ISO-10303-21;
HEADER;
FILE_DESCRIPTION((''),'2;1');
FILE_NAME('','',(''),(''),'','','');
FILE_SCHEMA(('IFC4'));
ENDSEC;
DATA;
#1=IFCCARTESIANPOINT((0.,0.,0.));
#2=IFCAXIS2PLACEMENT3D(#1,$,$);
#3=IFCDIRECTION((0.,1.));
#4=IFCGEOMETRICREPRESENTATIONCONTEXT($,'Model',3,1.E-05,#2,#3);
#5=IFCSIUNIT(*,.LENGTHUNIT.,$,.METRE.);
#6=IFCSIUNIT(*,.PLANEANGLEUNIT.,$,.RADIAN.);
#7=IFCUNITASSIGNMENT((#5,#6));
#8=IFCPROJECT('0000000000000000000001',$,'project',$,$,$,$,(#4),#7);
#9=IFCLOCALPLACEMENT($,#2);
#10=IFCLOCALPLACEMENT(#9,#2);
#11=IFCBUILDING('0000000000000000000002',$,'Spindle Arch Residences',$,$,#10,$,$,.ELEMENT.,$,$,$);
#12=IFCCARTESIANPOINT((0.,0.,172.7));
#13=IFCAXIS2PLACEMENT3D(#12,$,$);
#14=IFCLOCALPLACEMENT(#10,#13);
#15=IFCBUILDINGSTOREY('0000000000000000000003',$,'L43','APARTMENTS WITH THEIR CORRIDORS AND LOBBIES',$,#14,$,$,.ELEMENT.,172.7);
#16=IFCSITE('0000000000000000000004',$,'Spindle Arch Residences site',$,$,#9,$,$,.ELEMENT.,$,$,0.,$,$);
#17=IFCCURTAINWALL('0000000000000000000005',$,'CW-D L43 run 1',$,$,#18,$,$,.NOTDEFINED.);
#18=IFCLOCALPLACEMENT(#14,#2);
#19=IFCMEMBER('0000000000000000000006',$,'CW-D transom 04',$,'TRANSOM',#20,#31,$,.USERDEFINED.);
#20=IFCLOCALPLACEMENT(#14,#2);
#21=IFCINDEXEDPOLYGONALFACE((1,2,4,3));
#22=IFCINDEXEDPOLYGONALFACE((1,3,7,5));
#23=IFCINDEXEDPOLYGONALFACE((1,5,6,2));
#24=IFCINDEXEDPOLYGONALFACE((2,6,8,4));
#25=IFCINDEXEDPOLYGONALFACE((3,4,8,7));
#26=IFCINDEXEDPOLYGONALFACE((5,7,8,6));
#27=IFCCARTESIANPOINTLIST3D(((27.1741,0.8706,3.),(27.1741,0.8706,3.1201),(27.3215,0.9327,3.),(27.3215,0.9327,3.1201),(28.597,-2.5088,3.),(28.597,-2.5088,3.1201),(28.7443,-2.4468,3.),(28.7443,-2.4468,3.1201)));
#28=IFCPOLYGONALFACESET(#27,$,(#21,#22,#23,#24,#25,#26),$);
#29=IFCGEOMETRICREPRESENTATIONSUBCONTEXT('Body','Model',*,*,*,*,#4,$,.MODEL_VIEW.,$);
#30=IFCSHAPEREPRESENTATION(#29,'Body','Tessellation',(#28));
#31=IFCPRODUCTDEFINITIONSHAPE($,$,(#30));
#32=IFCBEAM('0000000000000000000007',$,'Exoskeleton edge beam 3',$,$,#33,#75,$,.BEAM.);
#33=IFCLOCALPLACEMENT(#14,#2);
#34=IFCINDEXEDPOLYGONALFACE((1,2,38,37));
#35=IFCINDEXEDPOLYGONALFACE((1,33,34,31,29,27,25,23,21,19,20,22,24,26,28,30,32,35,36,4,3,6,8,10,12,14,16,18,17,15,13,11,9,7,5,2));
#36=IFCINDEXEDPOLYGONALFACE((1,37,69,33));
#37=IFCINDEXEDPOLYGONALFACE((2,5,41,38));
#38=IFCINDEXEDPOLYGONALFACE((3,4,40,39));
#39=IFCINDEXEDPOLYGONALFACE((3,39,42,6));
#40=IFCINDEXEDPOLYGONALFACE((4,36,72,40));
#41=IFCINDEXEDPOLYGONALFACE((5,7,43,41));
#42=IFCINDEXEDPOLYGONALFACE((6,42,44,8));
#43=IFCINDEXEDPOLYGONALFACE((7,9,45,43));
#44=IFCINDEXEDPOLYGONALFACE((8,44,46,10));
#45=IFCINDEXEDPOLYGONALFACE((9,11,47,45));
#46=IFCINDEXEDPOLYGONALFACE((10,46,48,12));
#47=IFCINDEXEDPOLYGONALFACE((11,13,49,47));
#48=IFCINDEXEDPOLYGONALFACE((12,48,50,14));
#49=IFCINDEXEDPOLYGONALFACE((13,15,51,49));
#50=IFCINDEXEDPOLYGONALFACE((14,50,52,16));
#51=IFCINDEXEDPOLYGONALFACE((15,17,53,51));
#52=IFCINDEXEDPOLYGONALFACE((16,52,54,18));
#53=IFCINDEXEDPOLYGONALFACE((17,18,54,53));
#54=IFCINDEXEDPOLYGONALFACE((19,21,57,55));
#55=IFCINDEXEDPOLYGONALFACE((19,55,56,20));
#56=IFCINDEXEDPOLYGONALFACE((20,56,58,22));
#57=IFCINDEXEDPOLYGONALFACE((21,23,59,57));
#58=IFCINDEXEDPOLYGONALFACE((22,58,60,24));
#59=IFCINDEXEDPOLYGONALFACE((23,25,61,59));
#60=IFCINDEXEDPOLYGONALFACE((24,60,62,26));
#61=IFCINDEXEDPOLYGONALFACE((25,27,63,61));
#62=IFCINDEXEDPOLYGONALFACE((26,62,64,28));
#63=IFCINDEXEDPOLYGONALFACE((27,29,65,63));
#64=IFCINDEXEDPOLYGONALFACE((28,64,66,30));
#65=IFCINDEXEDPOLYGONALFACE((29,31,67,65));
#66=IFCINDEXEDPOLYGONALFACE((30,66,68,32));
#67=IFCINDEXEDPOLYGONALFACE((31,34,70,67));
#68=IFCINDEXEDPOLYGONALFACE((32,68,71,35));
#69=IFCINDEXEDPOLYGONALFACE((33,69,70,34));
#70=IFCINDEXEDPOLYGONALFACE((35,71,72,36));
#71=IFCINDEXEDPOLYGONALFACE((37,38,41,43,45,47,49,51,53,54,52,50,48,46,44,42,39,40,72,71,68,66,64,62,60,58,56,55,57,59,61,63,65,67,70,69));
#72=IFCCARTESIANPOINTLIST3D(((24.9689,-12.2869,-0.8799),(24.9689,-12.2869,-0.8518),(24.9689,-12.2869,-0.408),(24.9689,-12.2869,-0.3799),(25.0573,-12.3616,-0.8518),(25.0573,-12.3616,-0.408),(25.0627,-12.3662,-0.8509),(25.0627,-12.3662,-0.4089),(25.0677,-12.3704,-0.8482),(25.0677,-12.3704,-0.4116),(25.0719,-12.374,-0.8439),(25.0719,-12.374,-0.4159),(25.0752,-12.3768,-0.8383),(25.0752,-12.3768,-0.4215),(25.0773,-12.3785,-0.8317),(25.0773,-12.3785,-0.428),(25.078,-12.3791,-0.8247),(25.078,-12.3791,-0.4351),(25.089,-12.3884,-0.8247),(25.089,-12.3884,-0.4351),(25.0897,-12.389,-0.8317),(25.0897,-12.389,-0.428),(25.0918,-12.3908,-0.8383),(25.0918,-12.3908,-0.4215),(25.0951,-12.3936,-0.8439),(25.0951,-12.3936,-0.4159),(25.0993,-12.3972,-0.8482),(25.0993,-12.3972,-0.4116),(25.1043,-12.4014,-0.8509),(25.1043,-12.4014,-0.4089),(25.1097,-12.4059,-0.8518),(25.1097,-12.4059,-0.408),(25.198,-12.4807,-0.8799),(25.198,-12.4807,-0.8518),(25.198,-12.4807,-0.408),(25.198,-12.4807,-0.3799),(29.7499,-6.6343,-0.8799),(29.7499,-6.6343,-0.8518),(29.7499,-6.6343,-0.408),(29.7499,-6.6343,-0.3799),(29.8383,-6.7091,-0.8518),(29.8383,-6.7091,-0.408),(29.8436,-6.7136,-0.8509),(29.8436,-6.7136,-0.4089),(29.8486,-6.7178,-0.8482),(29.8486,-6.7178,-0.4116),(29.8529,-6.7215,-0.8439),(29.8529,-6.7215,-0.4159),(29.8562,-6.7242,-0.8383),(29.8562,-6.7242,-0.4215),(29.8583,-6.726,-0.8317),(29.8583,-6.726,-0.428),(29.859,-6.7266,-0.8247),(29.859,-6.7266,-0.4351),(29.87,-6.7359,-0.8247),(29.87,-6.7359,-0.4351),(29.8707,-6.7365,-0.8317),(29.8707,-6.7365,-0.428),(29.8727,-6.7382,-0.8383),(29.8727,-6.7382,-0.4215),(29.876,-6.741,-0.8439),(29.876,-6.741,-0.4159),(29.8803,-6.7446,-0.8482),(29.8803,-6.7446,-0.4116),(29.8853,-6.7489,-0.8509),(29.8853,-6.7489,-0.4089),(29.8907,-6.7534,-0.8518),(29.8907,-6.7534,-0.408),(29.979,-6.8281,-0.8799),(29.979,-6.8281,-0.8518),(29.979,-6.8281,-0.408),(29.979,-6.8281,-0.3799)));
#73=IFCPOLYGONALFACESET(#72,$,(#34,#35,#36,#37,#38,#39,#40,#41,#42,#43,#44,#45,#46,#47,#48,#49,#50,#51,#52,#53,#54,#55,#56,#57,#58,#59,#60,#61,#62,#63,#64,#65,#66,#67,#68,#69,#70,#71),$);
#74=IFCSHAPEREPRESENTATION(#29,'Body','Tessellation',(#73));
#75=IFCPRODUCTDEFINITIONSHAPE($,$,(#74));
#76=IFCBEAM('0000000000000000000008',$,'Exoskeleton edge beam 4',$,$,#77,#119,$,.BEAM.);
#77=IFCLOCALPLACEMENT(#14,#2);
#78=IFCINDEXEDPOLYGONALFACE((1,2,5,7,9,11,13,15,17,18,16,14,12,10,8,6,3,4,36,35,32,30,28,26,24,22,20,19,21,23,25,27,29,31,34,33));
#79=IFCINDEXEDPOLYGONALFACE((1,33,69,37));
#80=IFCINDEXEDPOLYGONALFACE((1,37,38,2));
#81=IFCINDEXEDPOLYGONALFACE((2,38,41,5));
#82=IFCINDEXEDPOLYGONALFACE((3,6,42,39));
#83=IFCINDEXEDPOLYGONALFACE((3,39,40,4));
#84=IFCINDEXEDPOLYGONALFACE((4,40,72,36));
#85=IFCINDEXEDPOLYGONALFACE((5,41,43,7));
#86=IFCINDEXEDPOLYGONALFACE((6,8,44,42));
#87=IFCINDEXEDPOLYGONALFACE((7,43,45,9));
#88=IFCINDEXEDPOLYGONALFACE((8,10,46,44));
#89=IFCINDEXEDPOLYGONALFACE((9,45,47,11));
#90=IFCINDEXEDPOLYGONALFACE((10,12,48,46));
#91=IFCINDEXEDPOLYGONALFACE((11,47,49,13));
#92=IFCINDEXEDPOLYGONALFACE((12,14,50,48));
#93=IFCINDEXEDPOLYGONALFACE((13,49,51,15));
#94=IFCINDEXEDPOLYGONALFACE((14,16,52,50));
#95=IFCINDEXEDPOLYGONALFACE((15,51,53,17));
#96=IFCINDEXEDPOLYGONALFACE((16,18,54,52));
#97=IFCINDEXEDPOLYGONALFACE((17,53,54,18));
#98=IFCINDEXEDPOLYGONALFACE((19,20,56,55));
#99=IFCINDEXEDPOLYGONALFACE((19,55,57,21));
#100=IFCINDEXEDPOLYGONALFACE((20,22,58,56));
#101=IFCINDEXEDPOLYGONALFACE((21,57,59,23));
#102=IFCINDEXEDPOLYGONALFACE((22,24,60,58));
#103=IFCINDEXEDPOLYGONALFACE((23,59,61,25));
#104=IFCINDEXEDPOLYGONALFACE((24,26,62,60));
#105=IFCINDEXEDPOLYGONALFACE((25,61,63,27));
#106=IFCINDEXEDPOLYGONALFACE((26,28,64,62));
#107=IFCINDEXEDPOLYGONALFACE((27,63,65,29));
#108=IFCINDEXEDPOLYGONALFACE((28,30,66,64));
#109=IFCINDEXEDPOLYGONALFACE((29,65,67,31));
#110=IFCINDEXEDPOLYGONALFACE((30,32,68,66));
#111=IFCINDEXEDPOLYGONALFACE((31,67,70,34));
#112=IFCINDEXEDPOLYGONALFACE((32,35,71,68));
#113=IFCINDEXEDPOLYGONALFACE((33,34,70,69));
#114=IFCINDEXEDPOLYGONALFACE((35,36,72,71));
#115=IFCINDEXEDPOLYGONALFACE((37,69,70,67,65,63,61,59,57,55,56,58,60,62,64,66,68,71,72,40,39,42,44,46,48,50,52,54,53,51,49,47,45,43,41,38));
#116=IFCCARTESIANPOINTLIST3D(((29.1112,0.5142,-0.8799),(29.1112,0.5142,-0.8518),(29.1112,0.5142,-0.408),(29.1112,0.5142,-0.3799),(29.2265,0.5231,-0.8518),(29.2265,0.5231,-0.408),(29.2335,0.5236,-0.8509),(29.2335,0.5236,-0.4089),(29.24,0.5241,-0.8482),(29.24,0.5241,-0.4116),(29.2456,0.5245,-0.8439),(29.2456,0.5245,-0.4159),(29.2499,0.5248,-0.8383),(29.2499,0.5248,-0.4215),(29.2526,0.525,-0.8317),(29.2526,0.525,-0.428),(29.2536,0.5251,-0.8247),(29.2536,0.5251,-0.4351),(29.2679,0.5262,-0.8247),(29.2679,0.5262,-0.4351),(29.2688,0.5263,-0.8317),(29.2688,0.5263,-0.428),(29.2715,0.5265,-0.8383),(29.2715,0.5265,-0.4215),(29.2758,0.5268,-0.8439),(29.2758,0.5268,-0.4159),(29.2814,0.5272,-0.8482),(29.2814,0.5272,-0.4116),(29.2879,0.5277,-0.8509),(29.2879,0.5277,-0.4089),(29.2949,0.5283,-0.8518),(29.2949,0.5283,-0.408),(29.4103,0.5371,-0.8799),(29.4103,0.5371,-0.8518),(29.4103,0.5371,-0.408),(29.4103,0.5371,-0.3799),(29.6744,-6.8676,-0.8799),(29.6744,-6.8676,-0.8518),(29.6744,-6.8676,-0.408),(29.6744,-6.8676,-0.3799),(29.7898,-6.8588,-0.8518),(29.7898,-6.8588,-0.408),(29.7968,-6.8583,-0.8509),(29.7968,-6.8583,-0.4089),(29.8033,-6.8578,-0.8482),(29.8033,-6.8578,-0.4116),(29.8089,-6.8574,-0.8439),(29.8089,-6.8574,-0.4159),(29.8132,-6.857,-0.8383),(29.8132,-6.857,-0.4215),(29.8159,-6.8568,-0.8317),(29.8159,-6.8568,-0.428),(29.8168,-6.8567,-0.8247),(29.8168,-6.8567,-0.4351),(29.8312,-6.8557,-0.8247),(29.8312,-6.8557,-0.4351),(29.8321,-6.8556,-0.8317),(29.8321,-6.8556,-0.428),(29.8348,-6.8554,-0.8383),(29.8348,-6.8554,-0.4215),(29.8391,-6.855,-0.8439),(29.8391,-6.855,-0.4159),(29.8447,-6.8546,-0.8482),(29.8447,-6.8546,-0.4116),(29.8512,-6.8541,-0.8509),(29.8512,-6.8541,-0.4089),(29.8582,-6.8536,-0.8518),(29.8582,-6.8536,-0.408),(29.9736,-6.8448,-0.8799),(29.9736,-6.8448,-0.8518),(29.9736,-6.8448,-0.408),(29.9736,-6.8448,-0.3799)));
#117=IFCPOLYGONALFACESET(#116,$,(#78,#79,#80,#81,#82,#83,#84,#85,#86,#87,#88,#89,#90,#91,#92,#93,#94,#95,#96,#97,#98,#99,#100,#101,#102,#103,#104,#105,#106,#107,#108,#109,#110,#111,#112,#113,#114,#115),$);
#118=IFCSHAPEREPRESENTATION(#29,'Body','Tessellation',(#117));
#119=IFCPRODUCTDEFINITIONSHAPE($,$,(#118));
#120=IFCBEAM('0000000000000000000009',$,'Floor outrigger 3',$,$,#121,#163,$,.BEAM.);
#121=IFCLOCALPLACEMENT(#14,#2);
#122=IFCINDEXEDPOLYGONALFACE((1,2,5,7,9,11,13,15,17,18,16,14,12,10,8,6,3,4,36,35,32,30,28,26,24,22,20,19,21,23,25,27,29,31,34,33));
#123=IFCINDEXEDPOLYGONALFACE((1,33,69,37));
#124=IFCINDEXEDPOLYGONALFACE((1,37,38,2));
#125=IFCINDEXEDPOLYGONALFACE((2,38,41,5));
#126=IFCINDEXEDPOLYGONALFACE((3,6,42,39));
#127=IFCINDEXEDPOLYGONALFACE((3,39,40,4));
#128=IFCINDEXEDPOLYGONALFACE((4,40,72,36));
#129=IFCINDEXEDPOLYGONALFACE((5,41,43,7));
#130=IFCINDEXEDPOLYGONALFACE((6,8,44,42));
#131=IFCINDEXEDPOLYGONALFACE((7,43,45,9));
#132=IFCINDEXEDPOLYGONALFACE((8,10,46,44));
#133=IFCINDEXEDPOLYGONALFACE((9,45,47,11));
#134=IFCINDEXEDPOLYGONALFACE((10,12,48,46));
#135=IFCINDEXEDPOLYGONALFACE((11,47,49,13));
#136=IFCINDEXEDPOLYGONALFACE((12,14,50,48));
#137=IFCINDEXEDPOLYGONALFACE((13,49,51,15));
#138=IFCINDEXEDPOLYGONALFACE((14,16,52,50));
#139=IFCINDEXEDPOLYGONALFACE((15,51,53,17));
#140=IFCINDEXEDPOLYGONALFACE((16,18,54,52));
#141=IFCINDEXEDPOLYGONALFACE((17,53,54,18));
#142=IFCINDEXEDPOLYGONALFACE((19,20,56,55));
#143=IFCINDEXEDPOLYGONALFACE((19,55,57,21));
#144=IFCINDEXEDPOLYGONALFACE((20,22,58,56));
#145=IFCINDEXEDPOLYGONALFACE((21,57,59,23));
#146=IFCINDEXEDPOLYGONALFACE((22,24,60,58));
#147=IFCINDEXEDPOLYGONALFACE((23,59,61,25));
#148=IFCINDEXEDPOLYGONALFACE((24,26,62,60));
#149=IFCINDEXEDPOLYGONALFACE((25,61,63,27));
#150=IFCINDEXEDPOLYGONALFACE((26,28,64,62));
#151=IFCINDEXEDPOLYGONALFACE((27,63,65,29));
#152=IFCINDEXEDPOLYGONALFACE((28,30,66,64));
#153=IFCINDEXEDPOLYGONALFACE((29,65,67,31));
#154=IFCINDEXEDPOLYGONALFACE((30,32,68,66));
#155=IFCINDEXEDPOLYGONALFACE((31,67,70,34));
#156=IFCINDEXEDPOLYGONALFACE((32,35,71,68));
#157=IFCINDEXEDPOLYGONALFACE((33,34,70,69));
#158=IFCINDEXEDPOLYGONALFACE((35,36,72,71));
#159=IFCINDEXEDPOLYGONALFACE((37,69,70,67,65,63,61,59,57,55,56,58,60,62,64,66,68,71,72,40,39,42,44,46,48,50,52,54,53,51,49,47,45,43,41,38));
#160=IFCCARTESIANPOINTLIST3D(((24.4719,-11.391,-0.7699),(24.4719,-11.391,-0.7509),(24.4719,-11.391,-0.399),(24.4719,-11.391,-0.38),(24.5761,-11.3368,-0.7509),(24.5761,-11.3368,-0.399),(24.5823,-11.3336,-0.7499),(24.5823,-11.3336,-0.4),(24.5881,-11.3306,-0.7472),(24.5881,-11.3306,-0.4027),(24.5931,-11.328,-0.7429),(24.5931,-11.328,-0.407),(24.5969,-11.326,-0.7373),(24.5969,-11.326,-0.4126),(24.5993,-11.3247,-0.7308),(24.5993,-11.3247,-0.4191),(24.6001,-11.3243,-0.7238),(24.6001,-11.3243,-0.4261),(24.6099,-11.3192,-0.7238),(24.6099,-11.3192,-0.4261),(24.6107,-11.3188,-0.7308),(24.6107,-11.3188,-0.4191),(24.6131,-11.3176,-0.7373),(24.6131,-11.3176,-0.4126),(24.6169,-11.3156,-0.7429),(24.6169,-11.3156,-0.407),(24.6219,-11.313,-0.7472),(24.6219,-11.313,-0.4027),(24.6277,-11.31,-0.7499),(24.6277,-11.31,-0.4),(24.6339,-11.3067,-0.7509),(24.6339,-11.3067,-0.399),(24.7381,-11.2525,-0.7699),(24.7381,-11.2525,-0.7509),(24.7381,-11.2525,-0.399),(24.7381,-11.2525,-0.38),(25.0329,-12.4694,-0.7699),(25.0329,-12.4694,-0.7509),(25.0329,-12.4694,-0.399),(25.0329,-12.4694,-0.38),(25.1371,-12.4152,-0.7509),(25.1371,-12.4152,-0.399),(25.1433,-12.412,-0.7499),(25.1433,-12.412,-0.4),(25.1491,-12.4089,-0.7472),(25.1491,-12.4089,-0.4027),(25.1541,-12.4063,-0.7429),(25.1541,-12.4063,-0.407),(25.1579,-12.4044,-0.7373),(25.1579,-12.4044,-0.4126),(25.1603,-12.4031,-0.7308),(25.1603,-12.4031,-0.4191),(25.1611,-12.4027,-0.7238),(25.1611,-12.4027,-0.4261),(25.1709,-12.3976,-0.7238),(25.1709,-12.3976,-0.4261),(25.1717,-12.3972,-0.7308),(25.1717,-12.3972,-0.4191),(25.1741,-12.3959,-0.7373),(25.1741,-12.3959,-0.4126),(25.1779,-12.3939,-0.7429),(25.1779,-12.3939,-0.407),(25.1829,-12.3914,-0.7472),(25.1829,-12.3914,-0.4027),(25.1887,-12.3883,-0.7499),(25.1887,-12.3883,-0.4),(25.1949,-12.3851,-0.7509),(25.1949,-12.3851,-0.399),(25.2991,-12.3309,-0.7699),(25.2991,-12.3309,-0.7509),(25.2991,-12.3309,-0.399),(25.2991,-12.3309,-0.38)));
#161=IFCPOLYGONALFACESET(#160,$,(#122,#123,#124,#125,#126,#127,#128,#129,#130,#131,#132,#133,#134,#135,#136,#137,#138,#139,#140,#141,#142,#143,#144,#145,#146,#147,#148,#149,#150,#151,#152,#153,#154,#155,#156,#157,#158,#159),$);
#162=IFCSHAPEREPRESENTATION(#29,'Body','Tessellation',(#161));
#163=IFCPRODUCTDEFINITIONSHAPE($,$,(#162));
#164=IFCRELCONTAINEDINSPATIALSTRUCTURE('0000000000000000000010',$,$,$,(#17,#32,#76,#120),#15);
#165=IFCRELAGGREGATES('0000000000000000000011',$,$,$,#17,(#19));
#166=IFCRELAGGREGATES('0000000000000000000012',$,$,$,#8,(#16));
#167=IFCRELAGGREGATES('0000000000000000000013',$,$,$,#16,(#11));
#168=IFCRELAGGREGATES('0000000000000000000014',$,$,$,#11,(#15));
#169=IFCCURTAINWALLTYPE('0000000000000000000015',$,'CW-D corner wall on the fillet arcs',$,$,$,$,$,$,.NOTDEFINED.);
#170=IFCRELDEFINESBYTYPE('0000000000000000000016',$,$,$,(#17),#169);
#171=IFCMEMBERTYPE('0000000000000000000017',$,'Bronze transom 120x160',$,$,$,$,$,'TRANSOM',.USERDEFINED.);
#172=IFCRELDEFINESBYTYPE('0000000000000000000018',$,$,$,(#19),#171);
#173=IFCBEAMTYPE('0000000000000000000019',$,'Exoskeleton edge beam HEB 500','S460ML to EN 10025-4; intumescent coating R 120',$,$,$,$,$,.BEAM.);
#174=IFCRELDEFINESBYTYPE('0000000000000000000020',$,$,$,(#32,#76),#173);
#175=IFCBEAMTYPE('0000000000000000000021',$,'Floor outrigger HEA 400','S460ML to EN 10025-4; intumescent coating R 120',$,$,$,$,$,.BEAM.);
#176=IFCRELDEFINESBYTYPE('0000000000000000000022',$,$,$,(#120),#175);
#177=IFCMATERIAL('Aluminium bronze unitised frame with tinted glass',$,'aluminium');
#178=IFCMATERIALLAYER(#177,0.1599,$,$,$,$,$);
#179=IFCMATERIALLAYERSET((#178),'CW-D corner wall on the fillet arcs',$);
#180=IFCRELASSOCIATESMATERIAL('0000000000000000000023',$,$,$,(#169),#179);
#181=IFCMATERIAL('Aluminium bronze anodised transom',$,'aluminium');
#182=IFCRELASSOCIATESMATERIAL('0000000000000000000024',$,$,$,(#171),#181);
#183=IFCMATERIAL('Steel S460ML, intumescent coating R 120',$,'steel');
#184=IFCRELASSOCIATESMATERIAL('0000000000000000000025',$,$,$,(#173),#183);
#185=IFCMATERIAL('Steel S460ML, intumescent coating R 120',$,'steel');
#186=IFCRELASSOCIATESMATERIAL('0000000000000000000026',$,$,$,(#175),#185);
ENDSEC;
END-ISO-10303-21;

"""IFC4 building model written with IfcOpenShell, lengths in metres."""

from ifc_helpers import new_model, si_unit, direction, frame, origin, origin_2d, place, context, subcontext, project, spatial, rectangle, i_section, extrude, material, layer, layer_set, material_profile, profile_set, type_object, element, aggregate, save


model = new_model("IFC4")

# Units and contexts
model_context = context("Model", 3, precision=1e-05, world=origin(), true_north=direction((0.0, 1.0)))
body_context = subcontext(model_context, "Body", "Model", "MODEL_VIEW")
ifc_project = project(units=[si_unit("LENGTHUNIT", "METRE"), si_unit("PLANEANGLEUNIT", "RADIAN")], contexts=[model_context])

# Site, building, storey
site_placement = place(None, origin())
site = spatial("IfcSite", under=ifc_project, at=site_placement, Name="Spindle Arch Residences site", CompositionType="ELEMENT", RefElevation=0.0)
building_placement = place(site_placement, origin())
building = spatial("IfcBuilding", under=site, at=building_placement, Name="Spindle Arch Residences", CompositionType="ELEMENT")
storey_placement = place(building_placement, frame((0.0, 0.0, 172.7)))
storey = spatial("IfcBuildingStorey", under=building, at=storey_placement, Name="L43", Description="APARTMENTS WITH THEIR CORRIDORS AND LOBBIES", CompositionType="ELEMENT", Elevation=172.7)

# Curtain wall, member
ifc_material_1 = material(Name="Aluminium bronze unitised frame with tinted glass", Category="aluminium")
ifc_layer_1 = layer(ifc_material_1, 0.1599)
ifc_layer_set_1 = layer_set([ifc_layer_1], Name="CW-D corner wall on the fillet arcs")
curtain_wall_type = type_object("IfcCurtainWallType", Name="CW-D corner wall on the fillet arcs", PredefinedType="NOTDEFINED", material=ifc_layer_set_1)
curtain_wall_placement = place(storey_placement, origin())
curtain_wall = element("IfcCurtainWall", 1, at=curtain_wall_placement, inside=storey, type_object=curtain_wall_type, Name="CW-D L43 run 1", PredefinedType="NOTDEFINED")
ifc_material_2 = material(Name="Aluminium bronze anodised transom", Category="aluminium")
ifc_material_profile_1 = material_profile(ifc_material_2, rectangle(XDim=0.1599, YDim=0.1201, at=origin_2d()), Name="TR 120x160")
ifc_profile_set_1 = profile_set([ifc_material_profile_1], Name="Aluminium bronze anodised transom")
member_type_1 = type_object("IfcMemberType", Name="Bronze transom 120x160", ElementType="TRANSOM", PredefinedType="USERDEFINED", material=ifc_profile_set_1)
member_1_placement = place(storey_placement, frame((28.6707, -2.4778, 3.0601), z_axis=(-0.388045, 0.92164, 0.0), x_axis=(-0.92164, -0.388045, 0.0)))
member_1 = element("IfcMember", 2, at=member_1_placement, type_object=member_type_1, Name="CW-D transom 04", ObjectType="TRANSOM", PredefinedType="USERDEFINED", context=body_context, shape_type="SweptSolid", body=[
    extrude(rectangle(XDim=0.1599, YDim=0.1201, at=origin_2d()), origin(), (0.0, 0.0, 1.0), 3.6667),
])

# Beams
ifc_material_3 = material(Name="Steel S460ML, intumescent coating R 120", Category="steel")
ifc_material_profile_2 = material_profile(ifc_material_3, i_section(OverallWidth=0.3, OverallDepth=0.5, WebThickness=0.0144, FlangeThickness=0.0281, FilletRadius=0.0271, at=origin_2d()), Name="HEB 500")
ifc_profile_set_2 = profile_set([ifc_material_profile_2], Name="Steel S460ML, intumescent coating R 120")
beam_type_1 = type_object("IfcBeamType", Name="Exoskeleton edge beam HEB 500", Description="S460ML to EN 10025-4; intumescent coating R 120", PredefinedType="BEAM", material=ifc_profile_set_2)
for number, where, z_axis, x_axis, name in (
    (3, (25.0835, -12.3838, -0.6299), (0.645788, 0.763516, 0.0), (-0.763516, 0.645788, 0.0), "Exoskeleton edge beam 3"),
    (4, (29.824, -6.8562, -0.6299), (-0.076079, 0.997102, 0.0), (-0.997102, -0.076079, 0.0), "Exoskeleton edge beam 4"),
):
    element("IfcBeam", number, at=place(storey_placement, frame(where, z_axis=z_axis, x_axis=x_axis)), inside=storey, type_object=beam_type_1, Name=name, PredefinedType="BEAM", context=body_context, shape_type="SweptSolid", body=[
        extrude(i_section(OverallWidth=0.3, OverallDepth=0.5, WebThickness=0.0144, FlangeThickness=0.0281, FilletRadius=0.0271, at=origin_2d()), origin(), (0.0, 0.0, 1.0), 7.4033),
    ])
ifc_material_4 = material(Name="Steel S460ML, intumescent coating R 120", Category="steel")
ifc_material_profile_3 = material_profile(ifc_material_4, i_section(OverallWidth=0.3, OverallDepth=0.3899, WebThickness=0.011, FlangeThickness=0.019, FilletRadius=0.0271, at=origin_2d()), Name="HEA 400")
ifc_profile_set_3 = profile_set([ifc_material_profile_3], Name="Steel S460ML, intumescent coating R 120")
beam_type_2 = type_object("IfcBeamType", Name="Floor outrigger HEA 400", Description="S460ML to EN 10025-4; intumescent coating R 120", PredefinedType="BEAM", material=ifc_profile_set_3)
beam_1_placement = place(storey_placement, frame((25.166, -12.4001, -0.575), z_axis=(-0.461536, 0.887121, 0.0), x_axis=(-0.887121, -0.461536, 0.0)))
element("IfcBeam", 5, at=beam_1_placement, inside=storey, type_object=beam_type_2, Name="Floor outrigger 3", PredefinedType="BEAM", context=body_context, shape_type="SweptSolid", body=[
    extrude(i_section(OverallWidth=0.3, OverallDepth=0.3899, WebThickness=0.011, FlangeThickness=0.019, FilletRadius=0.0271, at=origin_2d()), origin(), (0.0, 0.0, 1.0), 1.2156),
])

aggregate(curtain_wall, [member_1])

save(model, "model.ifc")
